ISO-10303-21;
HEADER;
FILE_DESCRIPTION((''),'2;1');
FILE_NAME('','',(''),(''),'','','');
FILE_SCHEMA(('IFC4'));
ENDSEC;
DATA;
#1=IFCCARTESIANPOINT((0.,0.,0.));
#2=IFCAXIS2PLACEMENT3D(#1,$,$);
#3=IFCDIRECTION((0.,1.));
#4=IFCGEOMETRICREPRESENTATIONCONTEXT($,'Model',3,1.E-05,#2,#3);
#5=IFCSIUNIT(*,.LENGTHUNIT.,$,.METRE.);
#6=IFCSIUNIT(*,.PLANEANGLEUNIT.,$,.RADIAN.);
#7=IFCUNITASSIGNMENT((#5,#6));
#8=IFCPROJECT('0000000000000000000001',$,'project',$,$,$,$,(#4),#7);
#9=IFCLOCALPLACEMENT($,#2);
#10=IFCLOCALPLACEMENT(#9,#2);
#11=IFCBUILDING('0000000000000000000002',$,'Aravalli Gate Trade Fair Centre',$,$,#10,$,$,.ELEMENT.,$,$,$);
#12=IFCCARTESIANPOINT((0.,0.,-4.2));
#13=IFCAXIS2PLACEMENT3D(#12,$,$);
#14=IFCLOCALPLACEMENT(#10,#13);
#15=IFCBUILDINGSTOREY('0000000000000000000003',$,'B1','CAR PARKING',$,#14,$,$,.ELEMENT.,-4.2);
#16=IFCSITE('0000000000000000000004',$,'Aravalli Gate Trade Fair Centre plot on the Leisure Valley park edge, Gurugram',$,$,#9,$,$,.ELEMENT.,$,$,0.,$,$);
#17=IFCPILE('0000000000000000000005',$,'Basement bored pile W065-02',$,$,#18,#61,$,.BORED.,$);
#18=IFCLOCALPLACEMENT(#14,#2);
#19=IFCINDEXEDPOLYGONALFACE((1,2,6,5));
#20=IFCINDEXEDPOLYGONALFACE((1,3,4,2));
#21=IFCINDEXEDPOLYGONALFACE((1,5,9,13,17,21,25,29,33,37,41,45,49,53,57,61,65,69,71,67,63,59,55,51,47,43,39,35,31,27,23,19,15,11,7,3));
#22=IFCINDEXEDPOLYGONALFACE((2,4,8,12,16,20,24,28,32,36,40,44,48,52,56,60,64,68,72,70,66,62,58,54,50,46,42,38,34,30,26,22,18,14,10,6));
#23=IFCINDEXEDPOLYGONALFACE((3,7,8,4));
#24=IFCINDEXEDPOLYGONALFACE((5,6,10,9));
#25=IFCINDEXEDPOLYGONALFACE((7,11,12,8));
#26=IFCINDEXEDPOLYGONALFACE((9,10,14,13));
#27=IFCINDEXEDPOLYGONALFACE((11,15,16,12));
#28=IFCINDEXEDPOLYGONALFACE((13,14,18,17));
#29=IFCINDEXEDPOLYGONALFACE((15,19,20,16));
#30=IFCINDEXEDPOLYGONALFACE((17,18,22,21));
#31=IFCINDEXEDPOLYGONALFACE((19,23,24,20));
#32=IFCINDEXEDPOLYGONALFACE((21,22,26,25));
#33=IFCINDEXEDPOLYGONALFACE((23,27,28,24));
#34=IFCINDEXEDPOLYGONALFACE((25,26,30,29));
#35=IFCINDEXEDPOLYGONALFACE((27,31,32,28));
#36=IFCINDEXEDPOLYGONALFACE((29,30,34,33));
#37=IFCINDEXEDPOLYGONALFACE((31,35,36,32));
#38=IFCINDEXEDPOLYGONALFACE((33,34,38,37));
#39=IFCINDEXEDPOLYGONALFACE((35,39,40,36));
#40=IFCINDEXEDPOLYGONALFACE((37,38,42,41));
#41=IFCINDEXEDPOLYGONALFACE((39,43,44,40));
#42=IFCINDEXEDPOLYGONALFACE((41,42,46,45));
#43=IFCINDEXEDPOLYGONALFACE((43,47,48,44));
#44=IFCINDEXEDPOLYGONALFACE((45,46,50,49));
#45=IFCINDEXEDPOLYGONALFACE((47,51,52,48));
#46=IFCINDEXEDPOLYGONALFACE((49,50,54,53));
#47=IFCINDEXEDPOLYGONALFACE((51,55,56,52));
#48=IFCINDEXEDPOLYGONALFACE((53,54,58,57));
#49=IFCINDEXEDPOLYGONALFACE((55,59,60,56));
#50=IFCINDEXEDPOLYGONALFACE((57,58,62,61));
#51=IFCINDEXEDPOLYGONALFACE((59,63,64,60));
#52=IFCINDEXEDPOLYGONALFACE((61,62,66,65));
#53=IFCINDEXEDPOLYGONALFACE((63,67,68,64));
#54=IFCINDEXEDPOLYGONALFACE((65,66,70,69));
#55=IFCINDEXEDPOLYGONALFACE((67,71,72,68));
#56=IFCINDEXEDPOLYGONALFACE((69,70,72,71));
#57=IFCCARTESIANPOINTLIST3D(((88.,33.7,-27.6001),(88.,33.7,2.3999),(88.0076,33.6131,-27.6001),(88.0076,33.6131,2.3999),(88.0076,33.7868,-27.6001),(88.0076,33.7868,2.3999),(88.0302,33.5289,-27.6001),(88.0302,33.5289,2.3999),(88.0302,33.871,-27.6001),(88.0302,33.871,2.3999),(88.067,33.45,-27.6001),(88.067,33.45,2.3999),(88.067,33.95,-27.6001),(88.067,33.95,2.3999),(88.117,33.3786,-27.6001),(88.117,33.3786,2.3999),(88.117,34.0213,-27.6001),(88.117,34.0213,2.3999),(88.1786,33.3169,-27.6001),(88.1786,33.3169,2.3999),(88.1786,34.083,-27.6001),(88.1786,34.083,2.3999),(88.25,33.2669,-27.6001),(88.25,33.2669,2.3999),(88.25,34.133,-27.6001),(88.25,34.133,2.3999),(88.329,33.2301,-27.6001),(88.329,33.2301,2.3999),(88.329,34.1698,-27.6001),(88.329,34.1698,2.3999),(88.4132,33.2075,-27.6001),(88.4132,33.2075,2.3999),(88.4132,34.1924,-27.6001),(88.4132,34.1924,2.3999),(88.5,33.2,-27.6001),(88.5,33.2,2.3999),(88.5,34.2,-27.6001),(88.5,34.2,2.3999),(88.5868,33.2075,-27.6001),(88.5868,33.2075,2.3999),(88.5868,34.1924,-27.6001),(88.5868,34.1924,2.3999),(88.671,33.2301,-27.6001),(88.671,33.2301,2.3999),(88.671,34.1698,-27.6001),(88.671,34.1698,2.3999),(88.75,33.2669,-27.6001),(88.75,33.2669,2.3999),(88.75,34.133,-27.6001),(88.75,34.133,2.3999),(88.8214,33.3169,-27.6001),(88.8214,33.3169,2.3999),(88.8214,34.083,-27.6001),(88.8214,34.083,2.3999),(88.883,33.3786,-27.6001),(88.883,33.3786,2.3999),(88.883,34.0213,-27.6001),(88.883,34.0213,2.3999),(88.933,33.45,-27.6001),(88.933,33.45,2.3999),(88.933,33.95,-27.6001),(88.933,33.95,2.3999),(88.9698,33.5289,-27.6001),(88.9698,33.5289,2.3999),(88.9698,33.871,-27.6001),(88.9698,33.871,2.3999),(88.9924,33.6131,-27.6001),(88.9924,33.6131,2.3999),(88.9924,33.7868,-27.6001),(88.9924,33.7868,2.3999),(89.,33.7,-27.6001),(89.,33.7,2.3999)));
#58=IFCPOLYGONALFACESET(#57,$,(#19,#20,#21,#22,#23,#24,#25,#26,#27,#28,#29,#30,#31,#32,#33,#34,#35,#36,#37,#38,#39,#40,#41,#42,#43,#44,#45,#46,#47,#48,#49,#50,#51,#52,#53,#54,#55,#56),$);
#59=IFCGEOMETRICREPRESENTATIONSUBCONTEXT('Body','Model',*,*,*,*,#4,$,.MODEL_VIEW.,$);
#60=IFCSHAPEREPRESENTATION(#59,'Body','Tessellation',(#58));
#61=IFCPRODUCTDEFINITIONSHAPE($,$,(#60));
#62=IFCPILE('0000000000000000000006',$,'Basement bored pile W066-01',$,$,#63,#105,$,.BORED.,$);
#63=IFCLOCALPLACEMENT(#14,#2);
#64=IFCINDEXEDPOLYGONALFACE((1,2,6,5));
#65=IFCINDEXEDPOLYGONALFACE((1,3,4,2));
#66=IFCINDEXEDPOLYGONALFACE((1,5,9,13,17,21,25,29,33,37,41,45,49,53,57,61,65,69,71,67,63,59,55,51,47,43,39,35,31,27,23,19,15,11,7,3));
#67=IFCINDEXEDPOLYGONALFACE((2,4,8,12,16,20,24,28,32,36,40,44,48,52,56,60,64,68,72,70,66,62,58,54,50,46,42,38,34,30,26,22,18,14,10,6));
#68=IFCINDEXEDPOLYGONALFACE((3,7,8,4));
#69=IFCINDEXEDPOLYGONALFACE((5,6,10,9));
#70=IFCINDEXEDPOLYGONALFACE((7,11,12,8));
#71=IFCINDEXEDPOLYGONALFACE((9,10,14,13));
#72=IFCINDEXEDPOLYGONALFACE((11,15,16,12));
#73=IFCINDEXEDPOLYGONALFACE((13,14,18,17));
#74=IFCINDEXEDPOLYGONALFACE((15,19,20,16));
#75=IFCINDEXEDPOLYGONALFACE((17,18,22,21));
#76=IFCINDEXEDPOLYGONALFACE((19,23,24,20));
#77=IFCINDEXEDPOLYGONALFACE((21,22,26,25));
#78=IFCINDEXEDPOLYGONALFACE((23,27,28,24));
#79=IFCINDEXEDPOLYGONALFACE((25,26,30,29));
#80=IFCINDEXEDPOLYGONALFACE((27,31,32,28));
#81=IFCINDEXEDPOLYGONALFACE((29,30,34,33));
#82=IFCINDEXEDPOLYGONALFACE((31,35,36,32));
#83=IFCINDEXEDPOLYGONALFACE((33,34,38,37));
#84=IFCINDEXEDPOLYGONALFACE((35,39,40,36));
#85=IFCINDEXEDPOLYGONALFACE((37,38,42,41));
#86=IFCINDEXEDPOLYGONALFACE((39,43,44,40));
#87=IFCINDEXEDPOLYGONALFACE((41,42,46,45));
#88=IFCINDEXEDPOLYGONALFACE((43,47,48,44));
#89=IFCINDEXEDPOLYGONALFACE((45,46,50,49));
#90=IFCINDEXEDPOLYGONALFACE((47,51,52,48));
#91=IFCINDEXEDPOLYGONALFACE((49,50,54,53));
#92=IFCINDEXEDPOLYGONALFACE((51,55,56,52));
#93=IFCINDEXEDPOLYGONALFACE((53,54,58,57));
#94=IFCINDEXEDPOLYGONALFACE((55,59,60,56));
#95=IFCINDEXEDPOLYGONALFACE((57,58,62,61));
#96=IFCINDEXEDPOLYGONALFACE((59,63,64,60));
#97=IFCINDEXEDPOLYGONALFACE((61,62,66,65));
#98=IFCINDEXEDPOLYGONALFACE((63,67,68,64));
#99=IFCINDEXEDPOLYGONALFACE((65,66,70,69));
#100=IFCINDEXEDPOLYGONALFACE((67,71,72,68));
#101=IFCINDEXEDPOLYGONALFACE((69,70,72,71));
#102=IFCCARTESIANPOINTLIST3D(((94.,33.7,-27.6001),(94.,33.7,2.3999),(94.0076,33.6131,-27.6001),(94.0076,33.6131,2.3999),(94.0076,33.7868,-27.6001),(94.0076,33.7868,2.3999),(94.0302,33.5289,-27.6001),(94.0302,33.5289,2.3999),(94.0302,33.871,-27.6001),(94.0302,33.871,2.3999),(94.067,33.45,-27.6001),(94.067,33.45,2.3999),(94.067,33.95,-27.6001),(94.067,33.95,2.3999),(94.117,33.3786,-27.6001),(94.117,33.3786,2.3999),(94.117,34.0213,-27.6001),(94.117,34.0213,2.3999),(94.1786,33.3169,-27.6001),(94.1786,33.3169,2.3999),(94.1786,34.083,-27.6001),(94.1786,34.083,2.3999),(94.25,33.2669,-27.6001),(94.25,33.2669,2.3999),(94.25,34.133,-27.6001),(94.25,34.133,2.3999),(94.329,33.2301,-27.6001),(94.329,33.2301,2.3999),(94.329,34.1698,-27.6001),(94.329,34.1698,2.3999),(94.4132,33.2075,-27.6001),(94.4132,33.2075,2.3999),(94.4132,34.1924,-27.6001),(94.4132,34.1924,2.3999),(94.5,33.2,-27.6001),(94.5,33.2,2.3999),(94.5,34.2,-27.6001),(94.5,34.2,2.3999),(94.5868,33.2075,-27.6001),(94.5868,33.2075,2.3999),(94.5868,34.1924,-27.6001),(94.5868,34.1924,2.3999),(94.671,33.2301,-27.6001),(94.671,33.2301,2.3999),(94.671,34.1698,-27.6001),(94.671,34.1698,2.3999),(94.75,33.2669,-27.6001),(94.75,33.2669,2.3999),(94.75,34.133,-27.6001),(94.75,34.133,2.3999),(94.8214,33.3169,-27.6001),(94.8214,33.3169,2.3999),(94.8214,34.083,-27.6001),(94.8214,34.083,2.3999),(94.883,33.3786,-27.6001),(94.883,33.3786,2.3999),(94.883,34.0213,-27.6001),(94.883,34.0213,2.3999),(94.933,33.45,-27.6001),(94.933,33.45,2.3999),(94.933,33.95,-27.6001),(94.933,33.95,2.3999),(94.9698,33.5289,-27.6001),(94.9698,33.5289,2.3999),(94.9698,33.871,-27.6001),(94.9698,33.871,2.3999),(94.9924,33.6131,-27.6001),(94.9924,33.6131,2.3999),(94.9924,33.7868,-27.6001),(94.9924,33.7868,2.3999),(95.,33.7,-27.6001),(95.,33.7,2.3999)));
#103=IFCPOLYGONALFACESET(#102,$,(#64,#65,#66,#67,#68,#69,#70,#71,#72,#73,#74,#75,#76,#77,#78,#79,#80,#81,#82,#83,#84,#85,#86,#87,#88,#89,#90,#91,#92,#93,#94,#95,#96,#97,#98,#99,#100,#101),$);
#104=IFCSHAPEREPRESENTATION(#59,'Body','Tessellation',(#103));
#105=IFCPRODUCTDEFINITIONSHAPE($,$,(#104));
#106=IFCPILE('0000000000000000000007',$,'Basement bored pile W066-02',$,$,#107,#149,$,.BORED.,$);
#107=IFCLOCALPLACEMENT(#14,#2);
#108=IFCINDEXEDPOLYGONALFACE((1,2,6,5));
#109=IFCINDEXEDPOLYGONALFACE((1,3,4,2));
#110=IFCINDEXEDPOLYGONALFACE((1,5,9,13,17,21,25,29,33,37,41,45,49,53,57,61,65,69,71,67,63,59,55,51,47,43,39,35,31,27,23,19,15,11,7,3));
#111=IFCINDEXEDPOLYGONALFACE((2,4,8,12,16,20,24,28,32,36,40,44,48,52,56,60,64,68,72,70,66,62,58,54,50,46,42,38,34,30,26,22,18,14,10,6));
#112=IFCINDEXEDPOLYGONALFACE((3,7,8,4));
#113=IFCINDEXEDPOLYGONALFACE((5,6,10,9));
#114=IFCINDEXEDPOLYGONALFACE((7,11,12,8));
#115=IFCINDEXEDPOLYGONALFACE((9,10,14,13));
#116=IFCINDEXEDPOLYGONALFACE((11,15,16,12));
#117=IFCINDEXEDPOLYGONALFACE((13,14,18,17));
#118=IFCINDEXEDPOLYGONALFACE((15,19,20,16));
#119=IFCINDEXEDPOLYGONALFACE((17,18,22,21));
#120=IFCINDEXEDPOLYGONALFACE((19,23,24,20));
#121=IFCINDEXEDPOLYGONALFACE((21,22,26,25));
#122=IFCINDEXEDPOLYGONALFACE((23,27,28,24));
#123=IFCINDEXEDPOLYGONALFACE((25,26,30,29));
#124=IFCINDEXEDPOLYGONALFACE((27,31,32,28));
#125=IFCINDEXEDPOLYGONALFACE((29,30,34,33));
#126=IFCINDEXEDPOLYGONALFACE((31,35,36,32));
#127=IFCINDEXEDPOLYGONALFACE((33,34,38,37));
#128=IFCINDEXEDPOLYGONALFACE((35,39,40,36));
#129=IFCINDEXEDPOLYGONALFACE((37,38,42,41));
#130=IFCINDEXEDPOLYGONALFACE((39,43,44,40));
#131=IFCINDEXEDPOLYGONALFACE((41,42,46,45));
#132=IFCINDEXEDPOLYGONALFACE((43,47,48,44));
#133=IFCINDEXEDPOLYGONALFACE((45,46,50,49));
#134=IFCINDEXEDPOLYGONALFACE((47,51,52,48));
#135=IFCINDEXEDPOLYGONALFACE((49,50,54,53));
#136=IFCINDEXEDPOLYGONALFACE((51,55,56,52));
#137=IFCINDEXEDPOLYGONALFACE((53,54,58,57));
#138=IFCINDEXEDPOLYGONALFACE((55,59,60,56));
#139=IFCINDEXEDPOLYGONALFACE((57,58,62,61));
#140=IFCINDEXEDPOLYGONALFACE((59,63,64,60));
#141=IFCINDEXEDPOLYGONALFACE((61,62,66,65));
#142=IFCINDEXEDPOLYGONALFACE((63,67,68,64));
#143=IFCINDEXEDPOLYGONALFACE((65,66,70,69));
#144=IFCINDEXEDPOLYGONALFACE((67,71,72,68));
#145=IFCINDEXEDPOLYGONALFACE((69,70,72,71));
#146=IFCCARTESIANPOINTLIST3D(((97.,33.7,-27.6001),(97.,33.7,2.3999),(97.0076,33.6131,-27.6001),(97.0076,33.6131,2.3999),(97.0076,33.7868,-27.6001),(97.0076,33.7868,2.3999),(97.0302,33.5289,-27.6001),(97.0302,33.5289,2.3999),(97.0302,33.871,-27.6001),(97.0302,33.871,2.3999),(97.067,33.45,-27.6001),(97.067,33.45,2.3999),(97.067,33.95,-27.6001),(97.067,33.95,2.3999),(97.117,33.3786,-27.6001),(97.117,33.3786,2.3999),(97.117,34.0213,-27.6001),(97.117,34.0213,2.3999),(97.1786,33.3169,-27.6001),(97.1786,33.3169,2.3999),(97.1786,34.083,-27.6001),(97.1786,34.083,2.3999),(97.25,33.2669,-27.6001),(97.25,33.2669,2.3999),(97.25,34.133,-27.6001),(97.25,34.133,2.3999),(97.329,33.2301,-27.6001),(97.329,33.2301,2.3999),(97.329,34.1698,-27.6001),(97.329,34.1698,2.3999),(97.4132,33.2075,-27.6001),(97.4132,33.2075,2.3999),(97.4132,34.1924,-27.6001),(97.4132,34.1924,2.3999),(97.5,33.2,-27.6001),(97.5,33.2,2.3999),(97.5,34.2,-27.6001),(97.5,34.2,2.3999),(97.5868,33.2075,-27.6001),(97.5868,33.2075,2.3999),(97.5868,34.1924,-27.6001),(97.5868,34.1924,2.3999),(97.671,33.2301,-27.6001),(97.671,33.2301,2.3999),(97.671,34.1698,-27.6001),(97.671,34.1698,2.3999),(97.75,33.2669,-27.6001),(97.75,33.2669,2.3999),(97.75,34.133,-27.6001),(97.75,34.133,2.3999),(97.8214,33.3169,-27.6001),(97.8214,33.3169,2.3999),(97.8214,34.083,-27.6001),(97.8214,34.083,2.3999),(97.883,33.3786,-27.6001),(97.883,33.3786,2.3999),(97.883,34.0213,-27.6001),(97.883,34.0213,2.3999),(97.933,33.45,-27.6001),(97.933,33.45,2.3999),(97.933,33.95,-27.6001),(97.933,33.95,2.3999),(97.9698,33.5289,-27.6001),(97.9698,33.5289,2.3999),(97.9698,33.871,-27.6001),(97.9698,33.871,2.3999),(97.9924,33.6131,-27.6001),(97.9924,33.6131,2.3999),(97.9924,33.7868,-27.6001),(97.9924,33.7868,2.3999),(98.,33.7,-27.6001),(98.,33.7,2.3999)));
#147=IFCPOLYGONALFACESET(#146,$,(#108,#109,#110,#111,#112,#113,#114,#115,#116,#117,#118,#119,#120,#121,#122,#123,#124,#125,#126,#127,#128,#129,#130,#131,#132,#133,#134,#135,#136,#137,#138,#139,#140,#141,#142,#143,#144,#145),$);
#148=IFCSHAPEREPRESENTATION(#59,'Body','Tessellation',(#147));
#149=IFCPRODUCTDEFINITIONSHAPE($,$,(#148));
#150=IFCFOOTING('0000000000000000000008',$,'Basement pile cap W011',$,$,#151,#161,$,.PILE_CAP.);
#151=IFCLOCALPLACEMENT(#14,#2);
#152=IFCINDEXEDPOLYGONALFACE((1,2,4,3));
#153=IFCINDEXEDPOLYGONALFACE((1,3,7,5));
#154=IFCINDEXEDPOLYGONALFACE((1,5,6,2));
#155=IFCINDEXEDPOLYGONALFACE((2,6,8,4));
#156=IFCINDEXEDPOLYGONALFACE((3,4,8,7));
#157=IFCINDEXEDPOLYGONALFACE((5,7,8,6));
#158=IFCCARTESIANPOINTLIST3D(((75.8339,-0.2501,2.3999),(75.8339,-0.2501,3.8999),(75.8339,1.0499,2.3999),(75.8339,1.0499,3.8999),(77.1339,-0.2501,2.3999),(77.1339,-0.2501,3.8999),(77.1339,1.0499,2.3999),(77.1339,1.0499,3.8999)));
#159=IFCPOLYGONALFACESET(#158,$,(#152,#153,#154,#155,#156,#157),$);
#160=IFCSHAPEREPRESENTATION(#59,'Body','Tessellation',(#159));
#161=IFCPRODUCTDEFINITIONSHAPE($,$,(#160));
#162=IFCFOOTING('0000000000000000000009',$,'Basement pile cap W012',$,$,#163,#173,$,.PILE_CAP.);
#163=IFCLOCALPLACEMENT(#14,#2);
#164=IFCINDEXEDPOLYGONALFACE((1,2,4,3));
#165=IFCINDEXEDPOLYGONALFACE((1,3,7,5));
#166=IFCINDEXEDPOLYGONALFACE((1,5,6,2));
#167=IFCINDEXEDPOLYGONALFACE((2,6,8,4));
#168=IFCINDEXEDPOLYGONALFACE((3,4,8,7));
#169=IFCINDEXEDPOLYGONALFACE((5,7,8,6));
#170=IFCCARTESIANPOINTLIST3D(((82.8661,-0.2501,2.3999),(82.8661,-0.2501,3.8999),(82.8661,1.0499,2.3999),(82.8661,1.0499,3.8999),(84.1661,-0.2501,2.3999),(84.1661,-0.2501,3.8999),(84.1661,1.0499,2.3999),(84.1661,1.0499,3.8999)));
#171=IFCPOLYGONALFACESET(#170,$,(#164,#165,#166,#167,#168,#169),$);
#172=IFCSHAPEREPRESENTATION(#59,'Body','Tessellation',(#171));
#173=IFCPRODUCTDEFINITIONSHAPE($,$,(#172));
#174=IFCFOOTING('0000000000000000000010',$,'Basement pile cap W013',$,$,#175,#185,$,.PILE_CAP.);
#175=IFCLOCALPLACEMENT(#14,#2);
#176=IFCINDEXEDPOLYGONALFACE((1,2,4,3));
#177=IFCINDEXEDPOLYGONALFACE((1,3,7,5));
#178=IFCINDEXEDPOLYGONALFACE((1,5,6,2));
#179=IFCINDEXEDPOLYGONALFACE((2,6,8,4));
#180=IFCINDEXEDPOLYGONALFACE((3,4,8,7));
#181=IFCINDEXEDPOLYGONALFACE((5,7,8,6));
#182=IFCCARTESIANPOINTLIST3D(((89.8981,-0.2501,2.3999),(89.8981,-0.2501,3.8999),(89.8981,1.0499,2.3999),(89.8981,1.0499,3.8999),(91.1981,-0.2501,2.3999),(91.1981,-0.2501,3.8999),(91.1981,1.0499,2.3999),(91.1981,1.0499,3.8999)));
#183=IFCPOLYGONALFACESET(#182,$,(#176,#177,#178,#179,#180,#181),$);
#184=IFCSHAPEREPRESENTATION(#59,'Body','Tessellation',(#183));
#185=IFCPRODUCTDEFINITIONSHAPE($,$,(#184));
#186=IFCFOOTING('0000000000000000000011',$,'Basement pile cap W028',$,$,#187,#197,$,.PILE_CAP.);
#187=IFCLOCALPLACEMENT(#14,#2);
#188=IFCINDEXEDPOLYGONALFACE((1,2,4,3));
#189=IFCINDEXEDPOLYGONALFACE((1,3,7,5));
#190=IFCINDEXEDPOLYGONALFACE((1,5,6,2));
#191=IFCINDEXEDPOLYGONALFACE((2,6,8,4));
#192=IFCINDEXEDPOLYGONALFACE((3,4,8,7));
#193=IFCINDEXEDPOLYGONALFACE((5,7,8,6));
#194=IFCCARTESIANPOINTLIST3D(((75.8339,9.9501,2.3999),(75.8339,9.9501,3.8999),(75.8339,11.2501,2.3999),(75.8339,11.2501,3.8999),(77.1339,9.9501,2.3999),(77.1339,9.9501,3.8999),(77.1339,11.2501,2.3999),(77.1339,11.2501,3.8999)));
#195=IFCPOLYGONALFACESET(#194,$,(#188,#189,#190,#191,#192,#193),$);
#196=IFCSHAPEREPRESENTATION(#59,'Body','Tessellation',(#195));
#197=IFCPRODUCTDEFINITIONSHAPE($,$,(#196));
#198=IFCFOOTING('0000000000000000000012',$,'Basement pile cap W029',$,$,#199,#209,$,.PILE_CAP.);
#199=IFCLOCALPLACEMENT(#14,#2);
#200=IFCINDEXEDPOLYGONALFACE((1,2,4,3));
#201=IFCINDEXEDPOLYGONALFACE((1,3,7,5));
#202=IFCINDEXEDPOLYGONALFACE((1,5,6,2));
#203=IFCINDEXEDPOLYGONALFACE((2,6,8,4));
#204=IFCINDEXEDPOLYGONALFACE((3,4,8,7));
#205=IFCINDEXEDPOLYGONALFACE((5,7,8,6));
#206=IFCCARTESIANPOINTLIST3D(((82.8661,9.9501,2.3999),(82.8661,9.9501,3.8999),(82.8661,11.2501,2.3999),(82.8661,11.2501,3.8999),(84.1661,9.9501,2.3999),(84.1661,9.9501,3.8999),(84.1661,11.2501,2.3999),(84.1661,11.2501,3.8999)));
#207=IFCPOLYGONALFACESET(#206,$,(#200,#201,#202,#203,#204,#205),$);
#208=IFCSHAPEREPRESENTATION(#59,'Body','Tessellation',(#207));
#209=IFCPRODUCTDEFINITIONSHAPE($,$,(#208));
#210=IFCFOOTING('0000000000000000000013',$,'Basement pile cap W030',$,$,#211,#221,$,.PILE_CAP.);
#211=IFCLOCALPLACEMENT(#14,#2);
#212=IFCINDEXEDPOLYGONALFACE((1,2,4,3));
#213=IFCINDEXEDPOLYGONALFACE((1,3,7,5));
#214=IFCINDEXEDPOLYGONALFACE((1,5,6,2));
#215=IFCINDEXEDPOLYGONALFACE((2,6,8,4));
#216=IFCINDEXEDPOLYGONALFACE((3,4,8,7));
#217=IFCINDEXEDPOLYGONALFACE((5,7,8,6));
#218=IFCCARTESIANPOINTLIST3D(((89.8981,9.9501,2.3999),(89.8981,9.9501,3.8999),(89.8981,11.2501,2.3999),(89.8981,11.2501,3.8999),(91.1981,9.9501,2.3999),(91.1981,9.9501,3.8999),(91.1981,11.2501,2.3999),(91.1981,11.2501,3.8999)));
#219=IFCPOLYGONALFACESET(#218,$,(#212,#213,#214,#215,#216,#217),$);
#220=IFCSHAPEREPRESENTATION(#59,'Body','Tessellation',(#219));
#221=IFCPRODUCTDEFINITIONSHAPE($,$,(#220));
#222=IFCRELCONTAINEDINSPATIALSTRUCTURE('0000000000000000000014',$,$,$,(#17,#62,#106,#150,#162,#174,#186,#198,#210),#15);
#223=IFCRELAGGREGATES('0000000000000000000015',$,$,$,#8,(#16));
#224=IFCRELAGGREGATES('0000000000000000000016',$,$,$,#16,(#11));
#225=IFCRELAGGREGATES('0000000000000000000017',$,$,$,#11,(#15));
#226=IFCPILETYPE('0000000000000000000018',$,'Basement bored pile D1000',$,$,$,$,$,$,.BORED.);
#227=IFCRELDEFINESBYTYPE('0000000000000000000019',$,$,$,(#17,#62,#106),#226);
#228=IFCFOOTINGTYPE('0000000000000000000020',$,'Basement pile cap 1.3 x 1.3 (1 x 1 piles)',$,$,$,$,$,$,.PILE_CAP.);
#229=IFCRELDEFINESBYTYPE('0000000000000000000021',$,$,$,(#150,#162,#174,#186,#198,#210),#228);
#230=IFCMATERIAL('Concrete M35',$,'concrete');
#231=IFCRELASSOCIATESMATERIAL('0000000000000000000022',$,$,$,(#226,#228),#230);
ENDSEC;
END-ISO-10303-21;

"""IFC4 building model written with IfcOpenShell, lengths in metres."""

from ifc_helpers import new_model, si_unit, direction, frame, origin, origin_2d, place, context, subcontext, project, spatial, rectangle, circle, extrude, material, material_profile, profile_set, type_object, element, save


model = new_model("IFC4")

# Units and contexts
model_context = context("Model", 3, precision=1e-05, world=origin(), true_north=direction((0.0, 1.0)))
body_context = subcontext(model_context, "Body", "Model", "MODEL_VIEW")
ifc_project = project(units=[si_unit("LENGTHUNIT", "METRE"), si_unit("PLANEANGLEUNIT", "RADIAN")], contexts=[model_context])

# Site, building, storey
site_placement = place(None, origin())
site = spatial("IfcSite", under=ifc_project, at=site_placement, Name="Aravalli Gate Trade Fair Centre plot on the Leisure Valley park edge, Gurugram", CompositionType="ELEMENT", RefElevation=0.0)
building_placement = place(site_placement, origin())
building = spatial("IfcBuilding", under=site, at=building_placement, Name="Aravalli Gate Trade Fair Centre", CompositionType="ELEMENT")
storey_placement = place(building_placement, frame((0.0, 0.0, -4.2)))
storey = spatial("IfcBuildingStorey", under=building, at=storey_placement, Name="B1", Description="CAR PARKING", CompositionType="ELEMENT", Elevation=-4.2)

# Piles
ifc_material = material(Name="Concrete M35", Category="concrete")
ifc_material_profile = material_profile(ifc_material, circle(Radius=0.5, at=origin_2d()), Name="D1000")
ifc_profile_set = profile_set([ifc_material_profile], Name="Concrete M35")
pile_type = type_object("IfcPileType", Name="Basement bored pile D1000", PredefinedType="BORED", material=ifc_profile_set)
for number, where, z_axis, x_axis, name in (
    (1, (88.5, 33.7, 2.3999), (0.0, 0.0, -1.0), (1.0, 0.0, 0.0), "Basement bored pile W065-02"),
    (2, (94.5, 33.7, 2.3999), (0.0, 0.0, -1.0), (1.0, 0.0, 0.0), "Basement bored pile W066-01"),
    (3, (97.5, 33.7, 2.3999), (0.0, 0.0, -1.0), (1.0, 0.0, 0.0), "Basement bored pile W066-02"),
):
    element("IfcPile", number, at=place(storey_placement, frame(where, z_axis=z_axis, x_axis=x_axis)), inside=storey, type_object=pile_type, Name=name, PredefinedType="BORED", context=body_context, shape_type="SweptSolid", body=[
        extrude(circle(Radius=0.5, at=origin_2d()), origin(), (0.0, 0.0, 1.0), 30.0),
    ])

# Footings
footing_type_1 = type_object("IfcFootingType", Name="Basement pile cap 1.3 x 1.3 (1 x 1 piles)", PredefinedType="PILE_CAP", material=ifc_material)
for number, where, z_axis, x_axis, name in (
    (4, (76.4839, 0.3999, 2.3999), (0.0, 0.0, 1.0), (1.0, 0.0, 0.0), "Basement pile cap W011"),
    (5, (83.5161, 0.3999, 2.3999), (0.0, 0.0, 1.0), (1.0, 0.0, 0.0), "Basement pile cap W012"),
    (6, (90.5481, 0.3999, 2.3999), (0.0, 0.0, 1.0), (1.0, 0.0, 0.0), "Basement pile cap W013"),
    (7, (76.4839, 10.6001, 2.3999), (0.0, 0.0, 1.0), (1.0, 0.0, 0.0), "Basement pile cap W028"),
    (8, (83.5161, 10.6001, 2.3999), (0.0, 0.0, 1.0), (1.0, 0.0, 0.0), "Basement pile cap W029"),
    (9, (90.5481, 10.6001, 2.3999), (0.0, 0.0, 1.0), (1.0, 0.0, 0.0), "Basement pile cap W030"),
):
    element("IfcFooting", number, at=place(storey_placement, frame(where, z_axis=z_axis, x_axis=x_axis)), inside=storey, type_object=footing_type_1, Name=name, PredefinedType="PILE_CAP", context=body_context, shape_type="SweptSolid", body=[
        extrude(rectangle(XDim=1.3, YDim=1.3, at=origin_2d()), origin(), (0.0, 0.0, 1.0), 1.5),
    ])

save(model, "model.ifc")
